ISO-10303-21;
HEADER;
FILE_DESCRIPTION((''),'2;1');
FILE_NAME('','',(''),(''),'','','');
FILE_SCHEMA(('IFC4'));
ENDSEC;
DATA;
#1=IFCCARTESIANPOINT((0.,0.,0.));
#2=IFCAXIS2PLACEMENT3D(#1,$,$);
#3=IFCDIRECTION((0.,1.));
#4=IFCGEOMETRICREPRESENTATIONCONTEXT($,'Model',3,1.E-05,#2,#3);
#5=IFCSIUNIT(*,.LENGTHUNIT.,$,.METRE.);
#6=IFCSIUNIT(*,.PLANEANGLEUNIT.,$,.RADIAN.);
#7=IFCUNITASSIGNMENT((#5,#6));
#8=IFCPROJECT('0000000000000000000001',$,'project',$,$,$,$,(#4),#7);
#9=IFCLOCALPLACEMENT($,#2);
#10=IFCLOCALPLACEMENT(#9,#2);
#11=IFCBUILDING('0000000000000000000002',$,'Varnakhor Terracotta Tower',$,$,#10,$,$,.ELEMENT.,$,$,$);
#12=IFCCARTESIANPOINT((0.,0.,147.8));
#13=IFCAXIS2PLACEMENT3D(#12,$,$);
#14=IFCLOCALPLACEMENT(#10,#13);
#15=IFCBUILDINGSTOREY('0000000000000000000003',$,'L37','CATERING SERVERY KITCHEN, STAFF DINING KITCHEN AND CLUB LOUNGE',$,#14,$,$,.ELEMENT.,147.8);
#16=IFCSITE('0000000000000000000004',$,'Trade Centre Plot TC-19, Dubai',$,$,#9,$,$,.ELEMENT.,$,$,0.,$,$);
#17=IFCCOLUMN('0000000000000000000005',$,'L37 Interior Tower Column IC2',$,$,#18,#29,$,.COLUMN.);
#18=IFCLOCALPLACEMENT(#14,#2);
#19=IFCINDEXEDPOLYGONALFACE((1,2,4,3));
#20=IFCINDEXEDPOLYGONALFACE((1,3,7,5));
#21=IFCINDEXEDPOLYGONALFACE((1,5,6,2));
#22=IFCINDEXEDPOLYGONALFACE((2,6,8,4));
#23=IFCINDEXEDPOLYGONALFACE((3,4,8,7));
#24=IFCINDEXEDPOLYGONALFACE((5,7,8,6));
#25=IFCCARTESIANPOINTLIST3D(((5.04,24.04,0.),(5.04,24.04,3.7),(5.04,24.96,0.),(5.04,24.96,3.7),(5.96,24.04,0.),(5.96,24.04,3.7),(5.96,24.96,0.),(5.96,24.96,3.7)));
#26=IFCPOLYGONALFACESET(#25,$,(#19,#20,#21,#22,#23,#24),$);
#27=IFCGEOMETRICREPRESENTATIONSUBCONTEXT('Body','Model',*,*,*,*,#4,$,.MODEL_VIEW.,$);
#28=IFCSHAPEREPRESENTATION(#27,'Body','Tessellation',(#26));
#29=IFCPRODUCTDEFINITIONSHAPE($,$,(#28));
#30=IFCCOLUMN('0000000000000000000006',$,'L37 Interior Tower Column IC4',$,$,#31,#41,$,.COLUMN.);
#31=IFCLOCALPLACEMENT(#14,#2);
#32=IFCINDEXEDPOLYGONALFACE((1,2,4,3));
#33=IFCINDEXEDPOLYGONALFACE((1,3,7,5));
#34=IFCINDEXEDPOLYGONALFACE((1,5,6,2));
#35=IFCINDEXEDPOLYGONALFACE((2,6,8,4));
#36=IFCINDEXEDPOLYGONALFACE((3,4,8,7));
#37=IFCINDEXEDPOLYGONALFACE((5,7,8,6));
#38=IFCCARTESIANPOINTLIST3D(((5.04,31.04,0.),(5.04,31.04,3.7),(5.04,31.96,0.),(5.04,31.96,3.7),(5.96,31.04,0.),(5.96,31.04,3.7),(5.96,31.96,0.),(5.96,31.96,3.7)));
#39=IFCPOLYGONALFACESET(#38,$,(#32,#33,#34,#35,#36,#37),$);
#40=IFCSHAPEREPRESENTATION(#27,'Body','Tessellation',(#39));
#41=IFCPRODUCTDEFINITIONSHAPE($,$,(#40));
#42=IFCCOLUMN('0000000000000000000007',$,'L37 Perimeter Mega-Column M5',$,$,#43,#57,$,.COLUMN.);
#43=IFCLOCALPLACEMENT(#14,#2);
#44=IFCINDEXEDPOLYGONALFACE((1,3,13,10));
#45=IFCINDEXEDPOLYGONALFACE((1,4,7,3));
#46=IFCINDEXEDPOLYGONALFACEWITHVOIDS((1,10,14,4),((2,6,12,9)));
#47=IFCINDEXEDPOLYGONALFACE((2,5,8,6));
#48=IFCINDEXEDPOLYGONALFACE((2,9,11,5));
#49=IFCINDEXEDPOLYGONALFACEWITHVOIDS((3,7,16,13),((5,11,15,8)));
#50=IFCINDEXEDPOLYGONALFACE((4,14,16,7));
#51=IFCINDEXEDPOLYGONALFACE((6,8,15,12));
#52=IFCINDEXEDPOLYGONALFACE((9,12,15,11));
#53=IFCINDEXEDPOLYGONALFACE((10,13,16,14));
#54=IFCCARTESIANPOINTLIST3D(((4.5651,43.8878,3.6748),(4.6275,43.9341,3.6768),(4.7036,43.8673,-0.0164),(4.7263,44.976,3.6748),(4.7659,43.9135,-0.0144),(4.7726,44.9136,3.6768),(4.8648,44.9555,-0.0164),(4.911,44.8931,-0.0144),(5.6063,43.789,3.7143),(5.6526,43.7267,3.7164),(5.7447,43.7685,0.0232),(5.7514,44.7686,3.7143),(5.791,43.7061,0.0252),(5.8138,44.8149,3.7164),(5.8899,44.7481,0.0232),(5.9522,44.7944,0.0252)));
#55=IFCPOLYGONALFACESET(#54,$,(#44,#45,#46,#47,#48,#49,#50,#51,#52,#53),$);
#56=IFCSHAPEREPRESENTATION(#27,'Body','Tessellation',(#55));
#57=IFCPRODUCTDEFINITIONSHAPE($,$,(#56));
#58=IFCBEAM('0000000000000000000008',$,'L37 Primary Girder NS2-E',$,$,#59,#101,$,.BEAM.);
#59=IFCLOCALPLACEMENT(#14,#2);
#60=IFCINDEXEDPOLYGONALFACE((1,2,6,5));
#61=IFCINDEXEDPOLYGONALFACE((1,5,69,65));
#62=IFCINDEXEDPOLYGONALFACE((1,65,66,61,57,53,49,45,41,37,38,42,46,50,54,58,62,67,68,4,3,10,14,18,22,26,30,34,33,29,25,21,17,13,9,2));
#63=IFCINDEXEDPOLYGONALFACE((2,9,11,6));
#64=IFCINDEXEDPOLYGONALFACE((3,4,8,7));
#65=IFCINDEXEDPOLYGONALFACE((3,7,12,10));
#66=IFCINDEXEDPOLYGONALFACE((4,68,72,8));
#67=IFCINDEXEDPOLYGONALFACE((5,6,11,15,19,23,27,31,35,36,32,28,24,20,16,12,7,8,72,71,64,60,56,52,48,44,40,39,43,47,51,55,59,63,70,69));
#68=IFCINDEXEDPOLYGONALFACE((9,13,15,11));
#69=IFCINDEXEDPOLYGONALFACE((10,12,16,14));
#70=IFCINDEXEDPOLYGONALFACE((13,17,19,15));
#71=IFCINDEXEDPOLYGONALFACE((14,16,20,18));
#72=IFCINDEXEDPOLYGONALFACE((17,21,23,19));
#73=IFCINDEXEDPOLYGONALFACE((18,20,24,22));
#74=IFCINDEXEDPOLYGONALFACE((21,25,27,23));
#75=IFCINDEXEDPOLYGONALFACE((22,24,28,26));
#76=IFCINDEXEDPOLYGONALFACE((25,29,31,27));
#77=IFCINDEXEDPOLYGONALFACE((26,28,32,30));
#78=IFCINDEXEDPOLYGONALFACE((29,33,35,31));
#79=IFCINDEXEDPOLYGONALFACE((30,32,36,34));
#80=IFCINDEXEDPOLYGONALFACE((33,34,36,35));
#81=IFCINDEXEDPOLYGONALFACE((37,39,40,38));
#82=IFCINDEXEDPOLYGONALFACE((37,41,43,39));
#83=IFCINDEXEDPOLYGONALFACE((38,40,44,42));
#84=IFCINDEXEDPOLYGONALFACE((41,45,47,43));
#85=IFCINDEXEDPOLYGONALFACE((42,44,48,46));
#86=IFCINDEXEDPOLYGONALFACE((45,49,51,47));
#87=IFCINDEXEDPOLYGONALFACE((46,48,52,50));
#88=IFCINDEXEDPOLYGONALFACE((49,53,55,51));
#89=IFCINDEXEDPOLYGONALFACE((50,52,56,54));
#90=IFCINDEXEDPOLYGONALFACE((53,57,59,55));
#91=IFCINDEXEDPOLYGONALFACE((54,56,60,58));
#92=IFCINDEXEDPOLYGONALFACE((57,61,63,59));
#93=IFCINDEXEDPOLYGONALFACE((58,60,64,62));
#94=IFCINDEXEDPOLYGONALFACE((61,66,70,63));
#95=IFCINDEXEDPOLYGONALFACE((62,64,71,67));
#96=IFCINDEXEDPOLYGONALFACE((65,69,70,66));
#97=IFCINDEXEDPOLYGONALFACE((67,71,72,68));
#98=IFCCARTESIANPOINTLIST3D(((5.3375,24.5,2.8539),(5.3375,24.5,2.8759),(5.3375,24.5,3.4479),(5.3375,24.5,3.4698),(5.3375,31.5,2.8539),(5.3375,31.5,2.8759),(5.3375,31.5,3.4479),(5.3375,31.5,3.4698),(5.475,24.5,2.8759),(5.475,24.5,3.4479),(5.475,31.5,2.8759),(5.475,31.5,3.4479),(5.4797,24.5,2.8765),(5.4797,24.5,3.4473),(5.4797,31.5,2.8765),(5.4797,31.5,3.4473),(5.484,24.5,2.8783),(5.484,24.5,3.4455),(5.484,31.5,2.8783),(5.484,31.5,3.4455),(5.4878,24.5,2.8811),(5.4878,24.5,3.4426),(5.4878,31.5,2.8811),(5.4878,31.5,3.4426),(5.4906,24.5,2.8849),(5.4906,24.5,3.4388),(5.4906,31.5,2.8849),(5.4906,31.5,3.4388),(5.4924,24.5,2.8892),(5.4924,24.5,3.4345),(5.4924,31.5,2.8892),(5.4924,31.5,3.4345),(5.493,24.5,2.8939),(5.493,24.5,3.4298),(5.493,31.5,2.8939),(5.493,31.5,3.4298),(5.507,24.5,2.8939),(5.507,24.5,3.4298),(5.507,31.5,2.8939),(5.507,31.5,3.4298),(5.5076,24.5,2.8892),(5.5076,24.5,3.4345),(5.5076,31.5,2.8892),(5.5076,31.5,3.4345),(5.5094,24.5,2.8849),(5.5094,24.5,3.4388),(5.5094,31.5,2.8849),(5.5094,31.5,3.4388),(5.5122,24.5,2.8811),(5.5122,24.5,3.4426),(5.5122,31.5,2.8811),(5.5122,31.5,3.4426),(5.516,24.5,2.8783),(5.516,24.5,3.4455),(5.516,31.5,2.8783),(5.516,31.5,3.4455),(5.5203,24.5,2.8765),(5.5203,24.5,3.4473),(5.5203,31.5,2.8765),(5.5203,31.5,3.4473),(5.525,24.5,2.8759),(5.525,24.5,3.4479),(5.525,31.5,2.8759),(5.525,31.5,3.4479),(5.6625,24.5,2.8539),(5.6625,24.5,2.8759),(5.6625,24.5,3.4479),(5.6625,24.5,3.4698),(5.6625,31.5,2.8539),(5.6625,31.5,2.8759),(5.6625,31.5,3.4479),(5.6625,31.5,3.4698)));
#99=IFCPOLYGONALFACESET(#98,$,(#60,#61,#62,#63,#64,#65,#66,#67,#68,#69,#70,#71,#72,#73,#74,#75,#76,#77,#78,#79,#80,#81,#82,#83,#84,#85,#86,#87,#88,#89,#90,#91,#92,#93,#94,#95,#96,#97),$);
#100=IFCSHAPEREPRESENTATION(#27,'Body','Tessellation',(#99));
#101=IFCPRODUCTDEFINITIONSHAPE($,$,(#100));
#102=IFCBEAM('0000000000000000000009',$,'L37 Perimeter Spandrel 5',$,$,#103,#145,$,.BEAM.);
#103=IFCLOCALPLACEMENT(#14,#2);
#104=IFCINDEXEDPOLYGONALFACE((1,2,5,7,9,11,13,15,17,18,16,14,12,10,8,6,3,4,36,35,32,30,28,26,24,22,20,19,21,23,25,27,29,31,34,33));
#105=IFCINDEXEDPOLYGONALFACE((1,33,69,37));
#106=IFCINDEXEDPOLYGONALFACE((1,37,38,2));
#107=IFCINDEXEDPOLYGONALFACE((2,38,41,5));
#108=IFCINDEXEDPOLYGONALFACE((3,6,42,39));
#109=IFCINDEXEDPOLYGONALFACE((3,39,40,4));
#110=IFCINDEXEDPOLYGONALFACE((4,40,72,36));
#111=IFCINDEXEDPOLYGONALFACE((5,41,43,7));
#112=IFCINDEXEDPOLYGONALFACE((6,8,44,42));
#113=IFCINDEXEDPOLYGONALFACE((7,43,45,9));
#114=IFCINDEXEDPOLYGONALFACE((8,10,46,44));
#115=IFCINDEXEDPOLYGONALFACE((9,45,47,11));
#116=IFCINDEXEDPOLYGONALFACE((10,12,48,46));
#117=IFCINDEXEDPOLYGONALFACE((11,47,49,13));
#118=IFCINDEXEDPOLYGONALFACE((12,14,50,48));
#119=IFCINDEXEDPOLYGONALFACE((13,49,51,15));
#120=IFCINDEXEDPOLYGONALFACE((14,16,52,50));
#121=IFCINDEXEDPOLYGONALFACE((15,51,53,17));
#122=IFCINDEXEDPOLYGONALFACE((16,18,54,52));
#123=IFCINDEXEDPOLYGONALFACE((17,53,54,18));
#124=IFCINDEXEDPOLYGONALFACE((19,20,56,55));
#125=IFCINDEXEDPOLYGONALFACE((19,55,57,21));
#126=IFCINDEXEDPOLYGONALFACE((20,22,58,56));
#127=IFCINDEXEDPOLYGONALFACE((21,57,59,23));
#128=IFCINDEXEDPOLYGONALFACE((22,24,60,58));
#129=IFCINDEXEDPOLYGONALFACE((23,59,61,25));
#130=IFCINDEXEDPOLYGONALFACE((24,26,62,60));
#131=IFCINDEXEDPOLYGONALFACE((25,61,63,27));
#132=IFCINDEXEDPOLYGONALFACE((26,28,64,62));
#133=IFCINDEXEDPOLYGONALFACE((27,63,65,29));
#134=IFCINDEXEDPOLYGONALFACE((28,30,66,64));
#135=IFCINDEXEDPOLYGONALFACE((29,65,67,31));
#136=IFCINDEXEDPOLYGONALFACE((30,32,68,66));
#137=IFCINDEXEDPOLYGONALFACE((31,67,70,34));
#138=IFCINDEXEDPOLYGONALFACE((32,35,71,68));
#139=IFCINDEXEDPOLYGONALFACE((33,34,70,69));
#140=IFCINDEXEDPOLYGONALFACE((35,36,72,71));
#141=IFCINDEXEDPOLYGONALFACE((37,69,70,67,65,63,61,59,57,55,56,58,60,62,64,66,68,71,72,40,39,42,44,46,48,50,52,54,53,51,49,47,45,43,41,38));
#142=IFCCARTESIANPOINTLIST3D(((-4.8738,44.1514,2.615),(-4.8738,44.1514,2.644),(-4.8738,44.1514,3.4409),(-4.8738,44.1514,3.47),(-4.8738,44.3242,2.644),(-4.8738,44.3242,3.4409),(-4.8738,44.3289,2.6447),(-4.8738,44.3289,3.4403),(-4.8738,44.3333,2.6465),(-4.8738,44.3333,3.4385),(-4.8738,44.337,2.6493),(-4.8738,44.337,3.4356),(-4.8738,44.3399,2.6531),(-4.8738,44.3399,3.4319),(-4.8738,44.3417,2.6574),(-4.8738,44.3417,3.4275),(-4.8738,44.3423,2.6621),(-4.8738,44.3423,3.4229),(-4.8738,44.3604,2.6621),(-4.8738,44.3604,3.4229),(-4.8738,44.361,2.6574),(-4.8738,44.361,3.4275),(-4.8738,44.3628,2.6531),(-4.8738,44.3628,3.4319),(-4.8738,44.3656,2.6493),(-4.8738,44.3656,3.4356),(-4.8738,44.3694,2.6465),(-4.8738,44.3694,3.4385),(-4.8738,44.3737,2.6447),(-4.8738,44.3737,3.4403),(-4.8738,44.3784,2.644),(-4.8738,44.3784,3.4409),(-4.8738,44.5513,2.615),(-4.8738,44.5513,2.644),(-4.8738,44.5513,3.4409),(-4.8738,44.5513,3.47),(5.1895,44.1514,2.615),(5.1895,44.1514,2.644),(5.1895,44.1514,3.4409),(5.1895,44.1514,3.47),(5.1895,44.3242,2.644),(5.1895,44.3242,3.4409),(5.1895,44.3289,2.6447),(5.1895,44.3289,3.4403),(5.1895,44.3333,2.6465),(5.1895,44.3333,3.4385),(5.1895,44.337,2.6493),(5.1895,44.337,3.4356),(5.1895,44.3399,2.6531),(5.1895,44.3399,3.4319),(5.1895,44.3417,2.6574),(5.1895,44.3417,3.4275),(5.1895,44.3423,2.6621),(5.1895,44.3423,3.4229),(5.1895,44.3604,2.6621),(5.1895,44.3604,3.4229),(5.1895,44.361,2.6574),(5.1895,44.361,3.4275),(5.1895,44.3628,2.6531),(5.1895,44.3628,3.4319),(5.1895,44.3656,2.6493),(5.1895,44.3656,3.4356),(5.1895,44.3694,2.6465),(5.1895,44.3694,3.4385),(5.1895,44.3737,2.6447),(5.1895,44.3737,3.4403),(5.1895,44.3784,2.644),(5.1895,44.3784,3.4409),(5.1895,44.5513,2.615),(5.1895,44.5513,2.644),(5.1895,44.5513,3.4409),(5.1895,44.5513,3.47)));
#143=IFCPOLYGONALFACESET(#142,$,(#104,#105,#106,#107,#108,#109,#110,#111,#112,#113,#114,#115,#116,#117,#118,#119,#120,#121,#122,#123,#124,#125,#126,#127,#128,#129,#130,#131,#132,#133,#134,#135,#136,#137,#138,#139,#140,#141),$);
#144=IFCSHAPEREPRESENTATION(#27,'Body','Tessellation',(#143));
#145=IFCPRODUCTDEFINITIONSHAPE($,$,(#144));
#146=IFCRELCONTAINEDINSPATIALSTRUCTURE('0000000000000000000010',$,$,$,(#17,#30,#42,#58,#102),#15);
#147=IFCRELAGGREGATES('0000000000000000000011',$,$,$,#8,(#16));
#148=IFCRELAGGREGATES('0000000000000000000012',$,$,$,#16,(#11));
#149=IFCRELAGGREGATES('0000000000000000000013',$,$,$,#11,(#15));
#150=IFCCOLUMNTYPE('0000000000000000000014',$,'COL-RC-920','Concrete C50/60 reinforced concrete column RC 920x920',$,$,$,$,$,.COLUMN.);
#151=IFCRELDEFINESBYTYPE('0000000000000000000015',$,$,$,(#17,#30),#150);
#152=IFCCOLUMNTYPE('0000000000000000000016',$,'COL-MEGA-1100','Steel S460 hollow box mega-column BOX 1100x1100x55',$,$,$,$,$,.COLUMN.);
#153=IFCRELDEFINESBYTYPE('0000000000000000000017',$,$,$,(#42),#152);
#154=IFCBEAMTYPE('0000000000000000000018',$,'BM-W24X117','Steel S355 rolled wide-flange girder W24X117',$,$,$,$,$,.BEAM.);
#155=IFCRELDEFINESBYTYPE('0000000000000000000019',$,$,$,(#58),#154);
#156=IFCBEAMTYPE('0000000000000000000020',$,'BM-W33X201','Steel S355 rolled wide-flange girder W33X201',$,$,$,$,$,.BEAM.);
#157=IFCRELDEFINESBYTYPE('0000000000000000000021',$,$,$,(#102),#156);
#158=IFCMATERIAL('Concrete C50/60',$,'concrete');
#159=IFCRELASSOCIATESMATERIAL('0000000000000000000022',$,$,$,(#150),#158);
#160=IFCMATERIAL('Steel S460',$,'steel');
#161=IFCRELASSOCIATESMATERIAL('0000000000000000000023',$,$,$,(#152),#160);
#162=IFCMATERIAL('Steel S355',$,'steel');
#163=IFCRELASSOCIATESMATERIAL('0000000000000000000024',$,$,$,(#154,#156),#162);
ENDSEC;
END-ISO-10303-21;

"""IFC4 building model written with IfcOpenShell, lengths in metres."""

from ifc_helpers import new_model, si_unit, direction, frame, origin, origin_2d, place, context, subcontext, project, spatial, rectangle, hollow_rectangle, i_section, extrude, source, transform, mapped, material, material_profile, profile_set, type_object, element, save


model = new_model("IFC4")

# Units and contexts
model_context = context("Model", 3, precision=1e-05, world=origin(), true_north=direction((0.0, 1.0)))
body_context = subcontext(model_context, "Body", "Model", "MODEL_VIEW")
ifc_project = project(units=[si_unit("LENGTHUNIT", "METRE"), si_unit("PLANEANGLEUNIT", "RADIAN")], contexts=[model_context])

# Site, building, storey
site_placement = place(None, origin())
site = spatial("IfcSite", under=ifc_project, at=site_placement, Name="Trade Centre Plot TC-19, Dubai", CompositionType="ELEMENT", RefElevation=0.0)
building_placement = place(site_placement, origin())
building = spatial("IfcBuilding", under=site, at=building_placement, Name="Varnakhor Terracotta Tower", CompositionType="ELEMENT")
storey_placement = place(building_placement, frame((0.0, 0.0, 147.8)))
storey = spatial("IfcBuildingStorey", under=building, at=storey_placement, Name="L37", Description="CATERING SERVERY KITCHEN, STAFF DINING KITCHEN AND CLUB LOUNGE", CompositionType="ELEMENT", Elevation=147.8)

# Columns
ifc_material_1 = material(Name="Concrete C50/60", Category="concrete")
ifc_material_profile_1 = material_profile(ifc_material_1, rectangle(XDim=0.9199, YDim=0.9199, at=origin_2d()), Name="RC 920x920")
ifc_profile_set_1 = profile_set([ifc_material_profile_1], Name="Concrete C50/60")
column_type_1 = type_object("IfcColumnType", Name="COL-RC-920", Description="Concrete C50/60 reinforced concrete column RC 920x920", PredefinedType="COLUMN", material=ifc_profile_set_1)
shared_shape_1 = source(origin(), body_context, "Body", "SweptSolid", [
    extrude(rectangle(XDim=0.9199, YDim=0.9199, at=origin_2d()), origin(), (0.0, 0.0, 1.0), 3.7),
])
for number, where, z_axis, x_axis, name in (
    (1, (5.5, 24.5, 0.0), (0.0, 0.0, 1.0), (1.0, 0.0, 0.0), "L37 Interior Tower Column IC2"),
    (2, (5.5, 31.5, 0.0), (0.0, 0.0, 1.0), (1.0, 0.0, 0.0), "L37 Interior Tower Column IC4"),
):
    element("IfcColumn", number, at=place(storey_placement, frame(where, z_axis=z_axis, x_axis=x_axis)), inside=storey, type_object=column_type_1, Name=name, PredefinedType="COLUMN", context=body_context, shape_type="MappedRepresentation", body=[
        mapped(shared_shape_1, transform((0.0, 0.0, 0.0), scale=1.0)),
    ])
ifc_material_2 = material(Name="Steel S460", Category="steel")
ifc_material_profile_2 = material_profile(ifc_material_2, hollow_rectangle(XDim=1.1001, YDim=1.1001, WallThickness=0.0549, at=origin_2d()), Name="BOX 1100x1100x55")
ifc_profile_set_2 = profile_set([ifc_material_profile_2], Name="Steel S460")
column_type_2 = type_object("IfcColumnType", Name="COL-MEGA-1100", Description="Steel S460 hollow box mega-column BOX 1100x1100x55", PredefinedType="COLUMN", material=ifc_profile_set_2)
shared_shape_2 = source(origin(), body_context, "Body", "SweptSolid", [
    extrude(hollow_rectangle(XDim=1.1001, YDim=1.1001, WallThickness=0.0549, at=origin_2d()), origin(), (0.0, 0.0, 1.0), 3.6938),
])
column_placement = place(storey_placement, frame((5.3279, 44.3308, 0.0044), z_axis=(-0.037476, 0.005552, 0.999282), x_axis=(-0.146549, -0.989203, 0.0)))
element("IfcColumn", 3, at=column_placement, inside=storey, type_object=column_type_2, Name="L37 Perimeter Mega-Column M5", PredefinedType="COLUMN", context=body_context, shape_type="MappedRepresentation", body=[
    mapped(shared_shape_2, transform((0.0, 0.0, 0.0), scale=1.0)),
])

# Beams
ifc_material_3 = material(Name="Steel S355", Category="steel")
ifc_material_profile_3 = material_profile(ifc_material_3, i_section(OverallWidth=0.325, OverallDepth=0.616, WebThickness=0.0139, FlangeThickness=0.022, FilletRadius=0.0181, at=origin_2d()), Name="W24X117")
ifc_profile_set_3 = profile_set([ifc_material_profile_3], Name="Steel S355")
beam_type_1 = type_object("IfcBeamType", Name="BM-W24X117", Description="Steel S355 rolled wide-flange girder W24X117", PredefinedType="BEAM", material=ifc_profile_set_3)
shared_shape_3 = source(origin(), body_context, "Body", "SweptSolid", [
    extrude(i_section(OverallWidth=0.325, OverallDepth=0.616, WebThickness=0.0139, FlangeThickness=0.022, FilletRadius=0.0181, at=origin_2d()), origin(), (0.0, 0.0, 1.0), 7.0),
])
beam_1_placement = place(storey_placement, frame((5.5, 24.5, 3.1619), z_axis=(0.0, 1.0, 0.0), x_axis=(-1.0, 0.0, 0.0)))
element("IfcBeam", 4, at=beam_1_placement, inside=storey, type_object=beam_type_1, Name="L37 Primary Girder NS2-E", PredefinedType="BEAM", context=body_context, shape_type="MappedRepresentation", body=[
    mapped(shared_shape_3, transform((0.0, 0.0, 0.0), scale=1.0)),
])
ifc_material_profile_4 = material_profile(ifc_material_3, i_section(OverallWidth=0.3999, OverallDepth=0.855, WebThickness=0.0181, FlangeThickness=0.0291, FilletRadius=0.0181, at=origin_2d()), Name="W33X201")
ifc_profile_set_4 = profile_set([ifc_material_profile_4], Name="Steel S355")
beam_type_2 = type_object("IfcBeamType", Name="BM-W33X201", Description="Steel S355 rolled wide-flange girder W33X201", PredefinedType="BEAM", material=ifc_profile_set_4)
shared_shape_4 = source(origin(), body_context, "Body", "SweptSolid", [
    extrude(i_section(OverallWidth=0.3999, OverallDepth=0.855, WebThickness=0.0181, FlangeThickness=0.0291, FilletRadius=0.0181, at=origin_2d()), origin(), (0.0, 0.0, 1.0), 10.0632),
])
beam_2_placement = place(storey_placement, frame((5.1895, 44.3513, 3.0425), z_axis=(-1.0, 0.0, 0.0), x_axis=(0.0, -1.0, 0.0)))
element("IfcBeam", 5, at=beam_2_placement, inside=storey, type_object=beam_type_2, Name="L37 Perimeter Spandrel 5", PredefinedType="BEAM", context=body_context, shape_type="MappedRepresentation", body=[
    mapped(shared_shape_4, transform((0.0, 0.0, 0.0), scale=1.0)),
])

save(model, "model.ifc")
